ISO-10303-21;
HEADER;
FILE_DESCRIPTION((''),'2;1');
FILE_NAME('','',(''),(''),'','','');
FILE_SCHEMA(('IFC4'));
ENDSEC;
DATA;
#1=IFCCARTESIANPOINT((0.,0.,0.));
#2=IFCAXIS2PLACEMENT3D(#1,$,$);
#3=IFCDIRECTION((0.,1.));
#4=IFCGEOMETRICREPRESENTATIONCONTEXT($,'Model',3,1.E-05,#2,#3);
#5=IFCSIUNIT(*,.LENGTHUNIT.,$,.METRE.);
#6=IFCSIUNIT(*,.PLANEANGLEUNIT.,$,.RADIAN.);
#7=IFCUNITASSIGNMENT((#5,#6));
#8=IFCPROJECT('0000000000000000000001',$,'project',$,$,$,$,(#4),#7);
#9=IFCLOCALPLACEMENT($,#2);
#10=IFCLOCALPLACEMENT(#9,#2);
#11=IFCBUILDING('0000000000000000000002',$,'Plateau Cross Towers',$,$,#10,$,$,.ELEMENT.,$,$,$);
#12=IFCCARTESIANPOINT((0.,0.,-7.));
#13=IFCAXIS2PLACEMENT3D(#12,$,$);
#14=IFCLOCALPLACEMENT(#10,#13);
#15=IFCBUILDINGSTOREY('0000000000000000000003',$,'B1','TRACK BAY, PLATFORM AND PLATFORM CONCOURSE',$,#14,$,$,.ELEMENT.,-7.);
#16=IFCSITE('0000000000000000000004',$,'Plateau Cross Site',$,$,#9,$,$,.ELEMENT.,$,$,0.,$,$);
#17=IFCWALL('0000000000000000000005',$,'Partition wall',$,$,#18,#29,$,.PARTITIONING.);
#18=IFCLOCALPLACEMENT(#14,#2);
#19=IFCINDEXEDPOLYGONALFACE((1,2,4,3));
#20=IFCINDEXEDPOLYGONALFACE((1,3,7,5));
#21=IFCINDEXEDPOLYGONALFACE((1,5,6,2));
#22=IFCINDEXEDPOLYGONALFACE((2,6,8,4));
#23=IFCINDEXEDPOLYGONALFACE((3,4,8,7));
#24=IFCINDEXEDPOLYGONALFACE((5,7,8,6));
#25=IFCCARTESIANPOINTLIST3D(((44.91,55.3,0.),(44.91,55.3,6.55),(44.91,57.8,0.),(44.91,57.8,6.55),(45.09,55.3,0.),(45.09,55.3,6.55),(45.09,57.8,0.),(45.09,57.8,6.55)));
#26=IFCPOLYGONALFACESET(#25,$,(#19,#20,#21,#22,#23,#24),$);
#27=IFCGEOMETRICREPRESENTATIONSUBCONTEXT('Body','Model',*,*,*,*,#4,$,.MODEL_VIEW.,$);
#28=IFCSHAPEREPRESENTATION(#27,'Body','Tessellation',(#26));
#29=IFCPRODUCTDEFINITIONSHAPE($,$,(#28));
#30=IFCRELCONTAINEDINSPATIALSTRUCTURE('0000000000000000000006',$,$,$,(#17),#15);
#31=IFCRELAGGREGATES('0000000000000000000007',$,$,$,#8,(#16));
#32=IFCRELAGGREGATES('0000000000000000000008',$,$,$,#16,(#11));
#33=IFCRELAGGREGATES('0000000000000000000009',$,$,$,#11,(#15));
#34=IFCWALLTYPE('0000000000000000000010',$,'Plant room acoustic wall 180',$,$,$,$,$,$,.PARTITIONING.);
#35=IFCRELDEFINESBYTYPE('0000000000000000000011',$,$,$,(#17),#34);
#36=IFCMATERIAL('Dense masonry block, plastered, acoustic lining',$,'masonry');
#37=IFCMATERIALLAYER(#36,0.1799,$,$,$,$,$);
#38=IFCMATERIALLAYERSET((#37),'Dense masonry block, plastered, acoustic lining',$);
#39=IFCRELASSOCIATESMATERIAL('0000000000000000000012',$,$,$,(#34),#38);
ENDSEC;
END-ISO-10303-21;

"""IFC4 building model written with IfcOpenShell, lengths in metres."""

from ifc_helpers import new_model, si_unit, direction, frame, frame_2d, origin, place, context, subcontext, project, spatial, rectangle, extrude, material, layer, layer_set, type_object, element, save


model = new_model("IFC4")

# Units and contexts
model_context = context("Model", 3, precision=1e-05, world=origin(), true_north=direction((0.0, 1.0)))
body_context = subcontext(model_context, "Body", "Model", "MODEL_VIEW")
ifc_project = project(units=[si_unit("LENGTHUNIT", "METRE"), si_unit("PLANEANGLEUNIT", "RADIAN")], contexts=[model_context])

# Site, building, storey
site_placement = place(None, origin())
site = spatial("IfcSite", under=ifc_project, at=site_placement, Name="Plateau Cross Site", CompositionType="ELEMENT", RefElevation=0.0)
building_placement = place(site_placement, origin())
building = spatial("IfcBuilding", under=site, at=building_placement, Name="Plateau Cross Towers", CompositionType="ELEMENT")
storey_placement = place(building_placement, frame((0.0, 0.0, -7.0)))
storey = spatial("IfcBuildingStorey", under=building, at=storey_placement, Name="B1", Description="TRACK BAY, PLATFORM AND PLATFORM CONCOURSE", CompositionType="ELEMENT", Elevation=-7.0)

# Shared definitions
ifc_material_1 = material(Name="Dense masonry block, plastered, acoustic lining", Category="masonry")
ifc_layer = layer(ifc_material_1, 0.1799)
ifc_layer_set = layer_set([ifc_layer], Name="Dense masonry block, plastered, acoustic lining")
wall_type = type_object("IfcWallType", Name="Plant room acoustic wall 180", PredefinedType="PARTITIONING", material=ifc_layer_set)

# Wall
wall_1_placement = place(storey_placement, frame((45.0, 57.8, 0.0), z_axis=(0.0, 0.0, 1.0), x_axis=(0.0, -1.0, 0.0)))
element("IfcWall", 1, at=wall_1_placement, inside=storey, type_object=wall_type, Name="Partition wall", PredefinedType="PARTITIONING", context=body_context, shape_type="SweptSolid", body=[
    extrude(rectangle(XDim=2.5, YDim=0.1799, at=frame_2d((1.25, 0.0))), origin(), (0.0, 0.0, 1.0), 6.55),
])

save(model, "model.ifc")
